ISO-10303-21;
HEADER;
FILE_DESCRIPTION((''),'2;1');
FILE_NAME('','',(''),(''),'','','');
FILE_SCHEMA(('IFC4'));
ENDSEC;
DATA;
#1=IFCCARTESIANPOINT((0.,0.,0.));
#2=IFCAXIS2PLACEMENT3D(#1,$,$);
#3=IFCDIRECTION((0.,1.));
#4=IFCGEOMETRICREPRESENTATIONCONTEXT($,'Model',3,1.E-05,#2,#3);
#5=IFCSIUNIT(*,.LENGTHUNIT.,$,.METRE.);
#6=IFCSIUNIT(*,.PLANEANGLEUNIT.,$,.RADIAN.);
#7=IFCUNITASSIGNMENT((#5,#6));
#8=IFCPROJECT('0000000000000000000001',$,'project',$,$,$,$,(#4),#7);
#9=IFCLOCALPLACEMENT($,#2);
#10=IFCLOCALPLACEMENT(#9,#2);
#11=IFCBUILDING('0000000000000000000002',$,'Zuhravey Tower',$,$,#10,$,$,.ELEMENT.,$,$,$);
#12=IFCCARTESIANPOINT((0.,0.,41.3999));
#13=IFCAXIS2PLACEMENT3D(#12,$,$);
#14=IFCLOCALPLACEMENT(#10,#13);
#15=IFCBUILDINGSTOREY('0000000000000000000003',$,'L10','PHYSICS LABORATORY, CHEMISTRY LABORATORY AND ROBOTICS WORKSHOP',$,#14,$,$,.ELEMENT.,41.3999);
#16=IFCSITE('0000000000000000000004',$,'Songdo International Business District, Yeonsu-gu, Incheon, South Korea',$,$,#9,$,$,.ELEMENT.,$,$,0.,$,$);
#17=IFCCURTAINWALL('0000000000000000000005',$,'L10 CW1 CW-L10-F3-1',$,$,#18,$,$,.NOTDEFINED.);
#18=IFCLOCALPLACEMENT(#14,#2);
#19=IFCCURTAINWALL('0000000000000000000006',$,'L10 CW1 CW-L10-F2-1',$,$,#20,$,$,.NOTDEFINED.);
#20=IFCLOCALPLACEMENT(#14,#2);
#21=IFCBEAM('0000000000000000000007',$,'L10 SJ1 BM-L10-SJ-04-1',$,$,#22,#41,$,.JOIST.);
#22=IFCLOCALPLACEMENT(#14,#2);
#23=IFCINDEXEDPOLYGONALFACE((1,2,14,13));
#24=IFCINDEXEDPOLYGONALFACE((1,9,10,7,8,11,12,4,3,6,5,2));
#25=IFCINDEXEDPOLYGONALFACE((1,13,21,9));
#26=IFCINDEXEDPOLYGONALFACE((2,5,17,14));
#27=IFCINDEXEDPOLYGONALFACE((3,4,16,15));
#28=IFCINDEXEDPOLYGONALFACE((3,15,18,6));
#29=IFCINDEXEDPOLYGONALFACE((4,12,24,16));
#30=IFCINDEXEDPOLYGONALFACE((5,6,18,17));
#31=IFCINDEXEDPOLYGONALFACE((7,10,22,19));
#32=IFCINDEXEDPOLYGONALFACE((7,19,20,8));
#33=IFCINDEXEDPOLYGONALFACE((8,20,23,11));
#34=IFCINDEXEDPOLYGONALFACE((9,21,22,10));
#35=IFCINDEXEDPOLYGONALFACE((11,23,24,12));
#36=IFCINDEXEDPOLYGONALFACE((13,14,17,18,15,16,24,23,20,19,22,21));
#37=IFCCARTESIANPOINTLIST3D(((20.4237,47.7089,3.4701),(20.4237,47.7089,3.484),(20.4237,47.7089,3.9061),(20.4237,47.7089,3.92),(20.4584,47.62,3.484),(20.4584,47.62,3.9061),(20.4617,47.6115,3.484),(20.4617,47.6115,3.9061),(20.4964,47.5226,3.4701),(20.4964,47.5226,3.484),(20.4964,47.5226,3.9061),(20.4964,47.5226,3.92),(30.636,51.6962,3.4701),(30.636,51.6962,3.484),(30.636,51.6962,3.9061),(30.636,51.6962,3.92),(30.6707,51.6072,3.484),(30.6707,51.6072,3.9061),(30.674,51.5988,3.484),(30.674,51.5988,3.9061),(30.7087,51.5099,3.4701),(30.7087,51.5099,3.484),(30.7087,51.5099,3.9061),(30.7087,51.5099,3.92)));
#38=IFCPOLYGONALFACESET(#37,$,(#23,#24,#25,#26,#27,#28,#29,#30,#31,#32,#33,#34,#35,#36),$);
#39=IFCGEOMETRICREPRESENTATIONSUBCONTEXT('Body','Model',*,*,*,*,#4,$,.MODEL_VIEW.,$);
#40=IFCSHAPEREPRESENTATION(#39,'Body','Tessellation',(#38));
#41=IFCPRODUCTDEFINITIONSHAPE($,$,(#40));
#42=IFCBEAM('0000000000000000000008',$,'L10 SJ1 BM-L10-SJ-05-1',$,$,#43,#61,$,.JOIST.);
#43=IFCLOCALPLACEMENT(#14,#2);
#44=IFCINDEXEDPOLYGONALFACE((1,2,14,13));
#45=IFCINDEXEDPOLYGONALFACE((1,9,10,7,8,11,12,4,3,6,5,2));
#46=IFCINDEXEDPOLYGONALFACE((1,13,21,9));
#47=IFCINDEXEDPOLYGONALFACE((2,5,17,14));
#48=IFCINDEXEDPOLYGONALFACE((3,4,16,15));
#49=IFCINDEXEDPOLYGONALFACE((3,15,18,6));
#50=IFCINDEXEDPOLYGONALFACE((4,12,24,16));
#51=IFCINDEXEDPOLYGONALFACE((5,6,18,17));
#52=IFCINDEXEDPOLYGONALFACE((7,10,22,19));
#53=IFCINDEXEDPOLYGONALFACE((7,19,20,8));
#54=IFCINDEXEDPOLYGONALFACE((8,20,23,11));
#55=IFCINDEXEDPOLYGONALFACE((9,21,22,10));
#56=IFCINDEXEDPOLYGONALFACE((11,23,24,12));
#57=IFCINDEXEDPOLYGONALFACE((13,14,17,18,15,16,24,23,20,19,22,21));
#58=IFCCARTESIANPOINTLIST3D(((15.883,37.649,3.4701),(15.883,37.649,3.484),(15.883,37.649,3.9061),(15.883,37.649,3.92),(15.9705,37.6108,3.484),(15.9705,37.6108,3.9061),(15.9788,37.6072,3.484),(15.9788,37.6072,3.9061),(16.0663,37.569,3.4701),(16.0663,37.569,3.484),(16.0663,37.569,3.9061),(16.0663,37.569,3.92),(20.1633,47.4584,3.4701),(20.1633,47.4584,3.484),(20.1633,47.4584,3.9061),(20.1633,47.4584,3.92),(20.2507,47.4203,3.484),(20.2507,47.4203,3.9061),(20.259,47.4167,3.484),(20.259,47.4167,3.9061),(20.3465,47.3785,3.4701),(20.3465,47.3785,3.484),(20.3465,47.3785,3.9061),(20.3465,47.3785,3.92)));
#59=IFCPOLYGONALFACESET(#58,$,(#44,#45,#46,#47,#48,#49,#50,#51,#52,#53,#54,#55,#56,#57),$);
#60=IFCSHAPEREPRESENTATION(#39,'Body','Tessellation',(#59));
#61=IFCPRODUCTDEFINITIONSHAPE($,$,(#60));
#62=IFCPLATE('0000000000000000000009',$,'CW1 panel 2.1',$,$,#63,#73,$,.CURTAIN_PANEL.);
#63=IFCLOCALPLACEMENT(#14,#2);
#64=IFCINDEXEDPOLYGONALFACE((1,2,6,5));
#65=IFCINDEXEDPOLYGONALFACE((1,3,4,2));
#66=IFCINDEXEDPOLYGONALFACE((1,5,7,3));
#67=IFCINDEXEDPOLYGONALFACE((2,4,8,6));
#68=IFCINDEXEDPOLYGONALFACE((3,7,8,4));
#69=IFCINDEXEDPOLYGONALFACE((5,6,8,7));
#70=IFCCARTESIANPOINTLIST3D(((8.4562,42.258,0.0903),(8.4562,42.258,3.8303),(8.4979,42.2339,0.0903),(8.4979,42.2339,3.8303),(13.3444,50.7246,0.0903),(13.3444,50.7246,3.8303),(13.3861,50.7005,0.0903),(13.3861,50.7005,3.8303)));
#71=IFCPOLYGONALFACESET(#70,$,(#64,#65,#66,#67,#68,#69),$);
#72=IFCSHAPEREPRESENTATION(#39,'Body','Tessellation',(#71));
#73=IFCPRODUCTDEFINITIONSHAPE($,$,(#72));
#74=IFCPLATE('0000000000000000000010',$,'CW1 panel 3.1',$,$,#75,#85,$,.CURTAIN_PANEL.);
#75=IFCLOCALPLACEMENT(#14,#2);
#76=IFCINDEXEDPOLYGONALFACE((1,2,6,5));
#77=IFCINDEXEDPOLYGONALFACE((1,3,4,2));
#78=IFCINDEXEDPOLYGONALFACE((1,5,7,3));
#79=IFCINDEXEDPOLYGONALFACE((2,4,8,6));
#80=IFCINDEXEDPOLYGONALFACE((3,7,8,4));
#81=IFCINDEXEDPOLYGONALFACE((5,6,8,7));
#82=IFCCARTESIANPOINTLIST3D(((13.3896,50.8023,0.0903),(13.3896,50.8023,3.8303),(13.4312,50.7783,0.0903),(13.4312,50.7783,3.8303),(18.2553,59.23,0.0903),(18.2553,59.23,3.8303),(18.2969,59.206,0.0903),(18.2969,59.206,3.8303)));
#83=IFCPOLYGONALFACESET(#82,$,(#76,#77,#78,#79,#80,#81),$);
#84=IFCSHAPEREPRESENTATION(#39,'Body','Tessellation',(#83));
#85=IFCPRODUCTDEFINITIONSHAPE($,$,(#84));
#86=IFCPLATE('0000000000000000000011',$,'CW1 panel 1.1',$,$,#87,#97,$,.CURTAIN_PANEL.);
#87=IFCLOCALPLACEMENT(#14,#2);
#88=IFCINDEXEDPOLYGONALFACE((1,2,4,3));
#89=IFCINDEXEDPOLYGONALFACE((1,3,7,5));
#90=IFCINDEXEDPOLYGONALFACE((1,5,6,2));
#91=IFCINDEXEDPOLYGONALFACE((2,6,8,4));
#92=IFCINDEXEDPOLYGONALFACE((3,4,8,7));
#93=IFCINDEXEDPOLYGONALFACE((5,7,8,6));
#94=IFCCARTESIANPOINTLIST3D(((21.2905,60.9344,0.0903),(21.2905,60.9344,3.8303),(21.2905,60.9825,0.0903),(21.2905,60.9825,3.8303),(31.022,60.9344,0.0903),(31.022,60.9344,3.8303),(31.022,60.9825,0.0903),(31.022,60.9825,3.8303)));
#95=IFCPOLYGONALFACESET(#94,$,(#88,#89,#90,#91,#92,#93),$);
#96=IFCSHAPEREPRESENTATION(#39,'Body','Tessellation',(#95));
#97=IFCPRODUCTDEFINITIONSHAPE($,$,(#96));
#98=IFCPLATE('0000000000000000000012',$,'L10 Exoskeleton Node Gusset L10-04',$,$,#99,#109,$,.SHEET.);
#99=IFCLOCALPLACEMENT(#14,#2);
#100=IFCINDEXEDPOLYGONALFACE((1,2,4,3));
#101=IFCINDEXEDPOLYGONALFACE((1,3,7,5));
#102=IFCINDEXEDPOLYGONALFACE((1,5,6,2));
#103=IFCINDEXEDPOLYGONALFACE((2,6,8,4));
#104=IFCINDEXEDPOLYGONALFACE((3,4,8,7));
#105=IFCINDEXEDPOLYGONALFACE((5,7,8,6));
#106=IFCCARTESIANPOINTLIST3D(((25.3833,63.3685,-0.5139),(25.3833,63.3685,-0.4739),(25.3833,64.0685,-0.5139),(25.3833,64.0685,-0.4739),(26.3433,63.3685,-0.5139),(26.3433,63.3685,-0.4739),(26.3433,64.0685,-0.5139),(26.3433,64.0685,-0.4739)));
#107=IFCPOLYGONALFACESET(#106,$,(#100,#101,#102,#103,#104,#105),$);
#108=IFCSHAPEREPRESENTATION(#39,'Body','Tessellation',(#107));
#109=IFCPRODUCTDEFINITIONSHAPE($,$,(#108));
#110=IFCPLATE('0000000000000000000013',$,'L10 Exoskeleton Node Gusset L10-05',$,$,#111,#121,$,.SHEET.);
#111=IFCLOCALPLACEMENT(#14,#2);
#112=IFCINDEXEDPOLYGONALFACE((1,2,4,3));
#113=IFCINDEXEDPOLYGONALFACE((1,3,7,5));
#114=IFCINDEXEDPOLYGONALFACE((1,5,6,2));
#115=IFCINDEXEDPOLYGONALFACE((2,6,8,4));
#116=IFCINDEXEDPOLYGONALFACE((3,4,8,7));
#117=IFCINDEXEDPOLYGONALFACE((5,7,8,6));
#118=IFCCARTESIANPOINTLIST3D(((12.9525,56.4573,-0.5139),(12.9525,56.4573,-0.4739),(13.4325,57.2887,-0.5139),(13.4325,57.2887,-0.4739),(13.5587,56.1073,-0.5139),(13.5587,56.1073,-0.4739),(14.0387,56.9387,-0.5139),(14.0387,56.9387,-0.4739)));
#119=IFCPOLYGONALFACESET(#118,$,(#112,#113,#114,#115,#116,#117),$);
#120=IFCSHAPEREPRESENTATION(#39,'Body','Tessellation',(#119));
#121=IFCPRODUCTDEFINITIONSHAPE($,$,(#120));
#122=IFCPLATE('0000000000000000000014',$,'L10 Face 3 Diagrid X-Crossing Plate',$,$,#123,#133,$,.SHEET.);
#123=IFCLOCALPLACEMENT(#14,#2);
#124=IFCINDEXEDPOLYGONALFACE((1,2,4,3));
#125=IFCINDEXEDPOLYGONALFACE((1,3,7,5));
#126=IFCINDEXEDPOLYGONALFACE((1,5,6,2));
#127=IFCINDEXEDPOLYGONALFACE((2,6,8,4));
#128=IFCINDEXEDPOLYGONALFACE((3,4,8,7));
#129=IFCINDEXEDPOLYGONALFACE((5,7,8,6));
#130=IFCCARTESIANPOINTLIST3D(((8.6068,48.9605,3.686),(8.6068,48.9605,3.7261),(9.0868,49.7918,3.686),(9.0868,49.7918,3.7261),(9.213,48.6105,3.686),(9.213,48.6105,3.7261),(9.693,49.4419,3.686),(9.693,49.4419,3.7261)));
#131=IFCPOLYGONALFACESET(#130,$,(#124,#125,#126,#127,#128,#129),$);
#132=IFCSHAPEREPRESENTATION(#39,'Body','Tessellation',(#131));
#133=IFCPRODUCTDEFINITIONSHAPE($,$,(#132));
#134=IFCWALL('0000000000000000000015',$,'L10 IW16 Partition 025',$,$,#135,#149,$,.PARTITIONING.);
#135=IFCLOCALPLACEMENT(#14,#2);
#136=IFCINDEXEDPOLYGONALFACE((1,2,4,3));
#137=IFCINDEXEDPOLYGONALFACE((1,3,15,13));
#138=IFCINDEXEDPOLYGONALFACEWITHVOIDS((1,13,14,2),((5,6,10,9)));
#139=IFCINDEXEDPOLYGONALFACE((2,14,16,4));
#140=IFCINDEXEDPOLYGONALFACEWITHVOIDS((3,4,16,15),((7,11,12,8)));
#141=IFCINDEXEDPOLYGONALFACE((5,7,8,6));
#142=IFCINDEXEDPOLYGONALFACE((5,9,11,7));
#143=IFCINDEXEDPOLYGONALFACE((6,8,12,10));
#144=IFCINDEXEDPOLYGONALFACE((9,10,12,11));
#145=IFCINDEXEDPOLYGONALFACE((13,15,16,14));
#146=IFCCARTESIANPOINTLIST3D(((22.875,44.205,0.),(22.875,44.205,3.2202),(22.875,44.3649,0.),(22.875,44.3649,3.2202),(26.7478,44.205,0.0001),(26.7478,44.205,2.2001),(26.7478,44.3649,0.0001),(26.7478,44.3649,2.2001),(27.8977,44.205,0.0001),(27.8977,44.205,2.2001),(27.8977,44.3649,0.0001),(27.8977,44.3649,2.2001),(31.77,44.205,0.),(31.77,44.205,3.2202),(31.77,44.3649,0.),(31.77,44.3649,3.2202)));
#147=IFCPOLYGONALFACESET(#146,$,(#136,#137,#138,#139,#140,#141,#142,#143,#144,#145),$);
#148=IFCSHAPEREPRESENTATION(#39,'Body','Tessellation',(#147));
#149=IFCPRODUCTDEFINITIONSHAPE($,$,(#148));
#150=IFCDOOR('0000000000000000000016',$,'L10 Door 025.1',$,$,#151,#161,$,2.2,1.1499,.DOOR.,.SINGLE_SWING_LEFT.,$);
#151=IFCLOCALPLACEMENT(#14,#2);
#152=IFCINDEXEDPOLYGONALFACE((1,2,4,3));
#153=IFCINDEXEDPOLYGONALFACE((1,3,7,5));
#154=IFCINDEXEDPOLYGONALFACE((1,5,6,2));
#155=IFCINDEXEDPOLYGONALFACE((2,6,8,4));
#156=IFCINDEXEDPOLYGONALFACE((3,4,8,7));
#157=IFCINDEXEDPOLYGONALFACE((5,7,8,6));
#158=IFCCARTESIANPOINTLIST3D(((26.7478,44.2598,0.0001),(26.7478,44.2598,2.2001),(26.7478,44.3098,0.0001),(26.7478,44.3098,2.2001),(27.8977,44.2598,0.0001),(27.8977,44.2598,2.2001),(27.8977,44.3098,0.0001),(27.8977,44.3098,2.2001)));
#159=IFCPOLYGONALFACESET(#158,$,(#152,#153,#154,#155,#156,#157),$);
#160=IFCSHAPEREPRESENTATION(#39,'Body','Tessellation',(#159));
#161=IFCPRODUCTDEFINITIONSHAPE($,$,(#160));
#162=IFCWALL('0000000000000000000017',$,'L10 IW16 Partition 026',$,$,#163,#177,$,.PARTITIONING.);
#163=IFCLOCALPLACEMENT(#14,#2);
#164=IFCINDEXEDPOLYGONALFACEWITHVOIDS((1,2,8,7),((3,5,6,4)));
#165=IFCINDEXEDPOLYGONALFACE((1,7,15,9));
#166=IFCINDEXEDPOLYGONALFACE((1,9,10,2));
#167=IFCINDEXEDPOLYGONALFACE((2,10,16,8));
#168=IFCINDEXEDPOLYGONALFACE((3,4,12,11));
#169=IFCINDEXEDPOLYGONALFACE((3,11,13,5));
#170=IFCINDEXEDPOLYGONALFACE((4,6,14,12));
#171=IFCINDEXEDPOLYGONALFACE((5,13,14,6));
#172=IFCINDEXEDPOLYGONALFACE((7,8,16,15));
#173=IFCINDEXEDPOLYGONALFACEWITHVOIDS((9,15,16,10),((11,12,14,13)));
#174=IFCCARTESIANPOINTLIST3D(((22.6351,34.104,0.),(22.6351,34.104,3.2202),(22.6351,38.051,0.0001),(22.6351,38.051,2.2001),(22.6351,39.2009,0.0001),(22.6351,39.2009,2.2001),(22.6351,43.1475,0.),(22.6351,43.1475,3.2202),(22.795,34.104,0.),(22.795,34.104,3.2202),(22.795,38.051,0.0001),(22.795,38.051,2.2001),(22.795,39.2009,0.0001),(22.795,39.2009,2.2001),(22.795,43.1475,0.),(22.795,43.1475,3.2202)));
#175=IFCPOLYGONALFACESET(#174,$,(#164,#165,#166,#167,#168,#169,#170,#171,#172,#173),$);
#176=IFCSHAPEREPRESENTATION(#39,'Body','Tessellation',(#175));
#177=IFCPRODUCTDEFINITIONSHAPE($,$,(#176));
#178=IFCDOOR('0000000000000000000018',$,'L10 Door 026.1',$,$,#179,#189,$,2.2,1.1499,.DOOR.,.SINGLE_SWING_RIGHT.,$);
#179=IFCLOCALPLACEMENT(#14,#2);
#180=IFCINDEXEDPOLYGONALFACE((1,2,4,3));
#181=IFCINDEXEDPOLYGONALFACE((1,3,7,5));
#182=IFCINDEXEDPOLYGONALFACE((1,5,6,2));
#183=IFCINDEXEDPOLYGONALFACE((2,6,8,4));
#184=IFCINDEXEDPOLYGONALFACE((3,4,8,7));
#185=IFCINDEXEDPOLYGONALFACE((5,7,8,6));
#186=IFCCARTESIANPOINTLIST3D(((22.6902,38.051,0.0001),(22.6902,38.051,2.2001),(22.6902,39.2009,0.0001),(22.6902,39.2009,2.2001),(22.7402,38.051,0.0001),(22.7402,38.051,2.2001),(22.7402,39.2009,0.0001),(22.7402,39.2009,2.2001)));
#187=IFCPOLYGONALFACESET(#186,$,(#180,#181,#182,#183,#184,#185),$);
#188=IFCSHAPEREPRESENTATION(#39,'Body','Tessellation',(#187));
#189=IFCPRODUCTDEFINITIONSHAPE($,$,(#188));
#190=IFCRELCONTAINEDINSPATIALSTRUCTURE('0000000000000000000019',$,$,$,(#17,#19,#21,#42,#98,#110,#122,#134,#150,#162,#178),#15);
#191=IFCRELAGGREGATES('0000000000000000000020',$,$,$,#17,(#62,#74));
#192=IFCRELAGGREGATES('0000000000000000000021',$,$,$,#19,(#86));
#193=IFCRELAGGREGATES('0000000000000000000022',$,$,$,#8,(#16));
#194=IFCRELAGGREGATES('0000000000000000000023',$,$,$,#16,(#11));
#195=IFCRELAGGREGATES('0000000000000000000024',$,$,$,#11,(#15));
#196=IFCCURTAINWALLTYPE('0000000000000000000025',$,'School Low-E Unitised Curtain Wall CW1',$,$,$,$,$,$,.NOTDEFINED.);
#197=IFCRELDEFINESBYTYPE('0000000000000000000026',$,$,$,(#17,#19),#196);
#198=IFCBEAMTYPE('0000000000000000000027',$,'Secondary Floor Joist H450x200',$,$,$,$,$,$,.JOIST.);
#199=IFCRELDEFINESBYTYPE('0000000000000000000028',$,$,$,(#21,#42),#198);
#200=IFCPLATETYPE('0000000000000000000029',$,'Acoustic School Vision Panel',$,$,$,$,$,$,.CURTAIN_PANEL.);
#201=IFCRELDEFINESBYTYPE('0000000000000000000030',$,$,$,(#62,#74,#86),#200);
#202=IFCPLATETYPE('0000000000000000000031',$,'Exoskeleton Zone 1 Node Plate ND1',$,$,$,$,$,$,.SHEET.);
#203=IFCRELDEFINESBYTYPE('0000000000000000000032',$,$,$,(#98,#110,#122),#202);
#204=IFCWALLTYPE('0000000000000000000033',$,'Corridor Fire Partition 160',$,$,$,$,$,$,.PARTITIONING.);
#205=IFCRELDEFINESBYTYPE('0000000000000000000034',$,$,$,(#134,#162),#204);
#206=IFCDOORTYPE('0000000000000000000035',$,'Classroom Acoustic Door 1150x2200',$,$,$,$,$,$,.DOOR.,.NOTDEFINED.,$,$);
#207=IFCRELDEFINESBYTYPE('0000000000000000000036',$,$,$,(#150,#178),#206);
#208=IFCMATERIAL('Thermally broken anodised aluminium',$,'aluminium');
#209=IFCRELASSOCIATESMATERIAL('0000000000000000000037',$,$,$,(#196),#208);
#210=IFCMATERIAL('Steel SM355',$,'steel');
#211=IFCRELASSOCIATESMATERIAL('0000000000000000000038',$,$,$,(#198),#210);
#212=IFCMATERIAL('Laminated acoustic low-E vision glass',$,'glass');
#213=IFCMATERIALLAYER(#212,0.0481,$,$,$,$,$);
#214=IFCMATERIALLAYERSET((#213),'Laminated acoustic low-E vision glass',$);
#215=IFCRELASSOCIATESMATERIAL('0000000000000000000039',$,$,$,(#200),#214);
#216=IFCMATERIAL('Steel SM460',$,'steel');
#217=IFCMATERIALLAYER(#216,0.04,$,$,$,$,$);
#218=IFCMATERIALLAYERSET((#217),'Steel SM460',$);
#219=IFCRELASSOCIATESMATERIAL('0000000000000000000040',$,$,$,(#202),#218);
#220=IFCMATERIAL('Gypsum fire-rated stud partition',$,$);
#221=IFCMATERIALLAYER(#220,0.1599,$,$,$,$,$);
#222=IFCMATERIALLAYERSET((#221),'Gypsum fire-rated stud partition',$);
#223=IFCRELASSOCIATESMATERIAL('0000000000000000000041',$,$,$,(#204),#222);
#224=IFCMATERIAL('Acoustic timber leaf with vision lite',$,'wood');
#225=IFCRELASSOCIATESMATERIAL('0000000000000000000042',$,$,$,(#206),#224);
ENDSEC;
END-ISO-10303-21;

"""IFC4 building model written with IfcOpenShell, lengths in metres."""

from ifc_helpers import new_model, si_unit, direction, frame, frame_2d, origin, origin_2d, place, context, subcontext, project, spatial, rectangle, i_section, extrude, material, layer, layer_set, material_profile, profile_set, type_object, element, fill, aggregate, save


model = new_model("IFC4")

# Units and contexts
model_context = context("Model", 3, precision=1e-05, world=origin(), true_north=direction((0.0, 1.0)))
body_context = subcontext(model_context, "Body", "Model", "MODEL_VIEW")
ifc_project = project(units=[si_unit("LENGTHUNIT", "METRE"), si_unit("PLANEANGLEUNIT", "RADIAN")], contexts=[model_context])

# Site, building, storey
site_placement = place(None, origin())
site = spatial("IfcSite", under=ifc_project, at=site_placement, Name="Songdo International Business District, Yeonsu-gu, Incheon, South Korea", CompositionType="ELEMENT", RefElevation=0.0)
building_placement = place(site_placement, origin())
building = spatial("IfcBuilding", under=site, at=building_placement, Name="Zuhravey Tower", CompositionType="ELEMENT")
storey_placement = place(building_placement, frame((0.0, 0.0, 41.3999)))
storey = spatial("IfcBuildingStorey", under=building, at=storey_placement, Name="L10", Description="PHYSICS LABORATORY, CHEMISTRY LABORATORY AND ROBOTICS WORKSHOP", CompositionType="ELEMENT", Elevation=41.3999)

# Curtain walls
ifc_material_1 = material(Name="Thermally broken anodised aluminium", Category="aluminium")
curtain_wall_type = type_object("IfcCurtainWallType", Name="School Low-E Unitised Curtain Wall CW1", PredefinedType="NOTDEFINED", material=ifc_material_1)
curtain_wall_1_placement = place(storey_placement, origin())
curtain_wall_1 = element("IfcCurtainWall", 1, at=curtain_wall_1_placement, inside=storey, type_object=curtain_wall_type, Name="L10 CW1 CW-L10-F3-1", PredefinedType="NOTDEFINED")
curtain_wall_2_placement = place(storey_placement, origin())
curtain_wall_2 = element("IfcCurtainWall", 2, at=curtain_wall_2_placement, inside=storey, type_object=curtain_wall_type, Name="L10 CW1 CW-L10-F2-1", PredefinedType="NOTDEFINED")

# Shared definitions
ifc_material_2 = material(Name="Steel SM355", Category="steel")
ifc_material_3 = material(Name="Steel SM460", Category="steel")

# Beams
ifc_material_profile_1 = material_profile(ifc_material_2, i_section(OverallWidth=0.2, OverallDepth=0.45, WebThickness=0.009, FlangeThickness=0.0139, at=origin_2d()), Name="H-450x200x9x14")
ifc_profile_set_1 = profile_set([ifc_material_profile_1], Name="Steel SM355")
beam_type_1 = type_object("IfcBeamType", Name="Secondary Floor Joist H450x200", PredefinedType="JOIST", material=ifc_profile_set_1)
beam_1_placement = place(storey_placement, frame((30.6724, 51.603, 3.6951), z_axis=(-0.931517, -0.363699, 0.0), x_axis=(0.363699, -0.931517, 0.0)))
element("IfcBeam", 3, at=beam_1_placement, inside=storey, type_object=beam_type_1, Name="L10 SJ1 BM-L10-SJ-04-1", PredefinedType="JOIST", context=body_context, shape_type="SweptSolid", body=[
    extrude(i_section(OverallWidth=0.2, OverallDepth=0.45, WebThickness=0.009, FlangeThickness=0.0139, at=origin_2d()), origin(), (0.0, 0.0, 1.0), 10.9631),
])
beam_2_placement = place(storey_placement, frame((20.2549, 47.4185, 3.6951), z_axis=(-0.399924, -0.916549, 0.0), x_axis=(0.916549, -0.399924, 0.0)))
element("IfcBeam", 4, at=beam_2_placement, inside=storey, type_object=beam_type_1, Name="L10 SJ1 BM-L10-SJ-05-1", PredefinedType="JOIST", context=body_context, shape_type="SweptSolid", body=[
    extrude(i_section(OverallWidth=0.2, OverallDepth=0.45, WebThickness=0.009, FlangeThickness=0.0139, at=origin_2d()), origin(), (0.0, 0.0, 1.0), 10.7026),
])

# Plates
ifc_material_4 = material(Name="Laminated acoustic low-E vision glass", Category="glass")
ifc_layer_1 = layer(ifc_material_4, 0.0481)
ifc_layer_set_1 = layer_set([ifc_layer_1], Name="Laminated acoustic low-E vision glass")
plate_type_1 = type_object("IfcPlateType", Name="Acoustic School Vision Panel", PredefinedType="CURTAIN_PANEL", material=ifc_layer_set_1)
plate_1_placement = place(storey_placement, frame((10.9211, 46.4792, 0.0903), z_axis=(0.0, 0.0, 1.0), x_axis=(0.5, 0.866026, 0.0)))
plate_1 = element("IfcPlate", 5, at=plate_1_placement, type_object=plate_type_1, Name="CW1 panel 2.1", PredefinedType="CURTAIN_PANEL", context=body_context, shape_type="SweptSolid", body=[
    extrude(rectangle(XDim=9.7764, YDim=0.0481, at=origin_2d()), origin(), (0.0, 0.0, 1.0), 3.74),
])
plate_2_placement = place(storey_placement, frame((15.8433, 55.0042, 0.0903), z_axis=(0.0, 0.0, 1.0), x_axis=(0.5, 0.866026, 0.0)))
plate_2 = element("IfcPlate", 6, at=plate_2_placement, type_object=plate_type_1, Name="CW1 panel 3.1", PredefinedType="CURTAIN_PANEL", context=body_context, shape_type="SweptSolid", body=[
    extrude(rectangle(XDim=9.7314, YDim=0.0481, at=origin_2d()), origin(), (0.0, 0.0, 1.0), 3.74),
])
aggregate(curtain_wall_1, [plate_1, plate_2])
plate_3_placement = place(storey_placement, frame((26.1562, 60.9585, 0.0903), z_axis=(0.0, 0.0, 1.0), x_axis=(1.0, 0.0, 0.0)))
plate_3 = element("IfcPlate", 7, at=plate_3_placement, type_object=plate_type_1, Name="CW1 panel 1.1", PredefinedType="CURTAIN_PANEL", context=body_context, shape_type="SweptSolid", body=[
    extrude(rectangle(XDim=9.7314, YDim=0.0481, at=origin_2d()), origin(), (0.0, 0.0, 1.0), 3.74),
])
aggregate(curtain_wall_2, [plate_3])

# Plates
ifc_layer_2 = layer(ifc_material_3, 0.04)
ifc_layer_set_2 = layer_set([ifc_layer_2], Name="Steel SM460")
plate_type_2 = type_object("IfcPlateType", Name="Exoskeleton Zone 1 Node Plate ND1", PredefinedType="SHEET", material=ifc_layer_set_2)
for number, where, z_axis, x_axis, name in (
    (8, (25.8633, 63.7185, -0.5139), (0.0, 0.0, 1.0), (-1.0, 0.0, 0.0), "L10 Exoskeleton Node Gusset L10-04"),
    (9, (13.4956, 56.698, -0.5139), (0.0, 0.0, 1.0), (-0.5, -0.866025, 0.0), "L10 Exoskeleton Node Gusset L10-05"),
    (10, (9.1499, 49.2012, 3.686), (0.0, 0.0, 1.0), (-0.5, -0.866025, 0.0), "L10 Face 3 Diagrid X-Crossing Plate"),
):
    element("IfcPlate", number, at=place(storey_placement, frame(where, z_axis=z_axis, x_axis=x_axis)), inside=storey, type_object=plate_type_2, Name=name, PredefinedType="SHEET", context=body_context, shape_type="SweptSolid", body=[
        extrude(rectangle(XDim=0.96, YDim=0.7, at=origin_2d()), origin(), (0.0, 0.0, 1.0), 0.04),
    ])

# Walls, openings, doors
ifc_material_5 = material(Name="Gypsum fire-rated stud partition")
ifc_layer_3 = layer(ifc_material_5, 0.1599)
ifc_layer_set_3 = layer_set([ifc_layer_3], Name="Gypsum fire-rated stud partition")
wall_type_1 = type_object("IfcWallType", Name="Corridor Fire Partition 160", PredefinedType="PARTITIONING", material=ifc_layer_set_3)
wall_1_placement = place(storey_placement, frame((31.77, 44.2849, 0.0), z_axis=(0.0, 0.0, 1.0), x_axis=(-1.0, 0.0, 0.0)))
wall_1 = element("IfcWall", 11, at=wall_1_placement, inside=storey, type_object=wall_type_1, Name="L10 IW16 Partition 025", PredefinedType="PARTITIONING", context=body_context, shape_type="SweptSolid", body=[
    extrude(rectangle(XDim=8.895, YDim=0.1599, at=frame_2d((4.4475, 0.0))), origin(), (0.0, 0.0, 1.0), 3.2202),
])
opening_1_placement = place(wall_1_placement, frame((3.8723, 0.0, 0.0)))
opening_1 = element("IfcOpeningElement", 12, at=opening_1_placement, cuts=wall_1, PredefinedType="OPENING", context=body_context, shape_type="SweptSolid", body=[
    extrude(rectangle(XDim=1.1499, YDim=2.2, at=frame_2d((0.575, 1.1001))), frame((0.0, 0.092, 0.0), z_axis=(0.0, -1.0, 0.0), x_axis=(1.0, 0.0, 0.0)), (0.0, 0.0, 1.0), 0.1838),
])
ifc_material_6 = material(Name="Acoustic timber leaf with vision lite", Category="wood")
door_type = type_object("IfcDoorType", Name="Classroom Acoustic Door 1150x2200", OperationType="NOTDEFINED", PredefinedType="DOOR", material=ifc_material_6)
door_1_placement = place(opening_1_placement, frame((1.1499, 0.0, 0.0), z_axis=(0.0, 0.0, 1.0), x_axis=(-1.0, 0.0, 0.0)))
door_1 = element("IfcDoor", 13, at=door_1_placement, inside=storey, type_object=door_type, Name="L10 Door 025.1", OperationType="SINGLE_SWING_LEFT", OverallHeight=2.2, OverallWidth=1.1499, PredefinedType="DOOR", context=body_context, shape_type="SweptSolid", body=[
    extrude(rectangle(XDim=1.1499, YDim=2.2, at=frame_2d((0.575, 1.1001))), frame((0.0, 0.0249, 0.0), z_axis=(0.0, -1.0, 0.0), x_axis=(1.0, 0.0, 0.0)), (0.0, 0.0, 1.0), 0.05),
])
fill(opening_1, door_1)
wall_2_placement = place(storey_placement, frame((22.7151, 43.1475, 0.0), z_axis=(0.0, 0.0, 1.0), x_axis=(0.0, -1.0, 0.0)))
wall_2 = element("IfcWall", 14, at=wall_2_placement, inside=storey, type_object=wall_type_1, Name="L10 IW16 Partition 026", PredefinedType="PARTITIONING", context=body_context, shape_type="SweptSolid", body=[
    extrude(rectangle(XDim=9.0435, YDim=0.1599, at=frame_2d((4.5217, 0.0))), origin(), (0.0, 0.0, 1.0), 3.2202),
])
opening_2_placement = place(wall_2_placement, frame((3.9465, 0.0, 0.0)))
opening_2 = element("IfcOpeningElement", 15, at=opening_2_placement, cuts=wall_2, PredefinedType="OPENING", context=body_context, shape_type="SweptSolid", body=[
    extrude(rectangle(XDim=1.1499, YDim=2.2, at=frame_2d((0.575, 1.1001))), frame((0.0, 0.092, 0.0), z_axis=(0.0, -1.0, 0.0), x_axis=(1.0, 0.0, 0.0)), (0.0, 0.0, 1.0), 0.1838),
])
door_2_placement = place(opening_2_placement, frame((1.1499, 0.0, 0.0), z_axis=(0.0, 0.0, 1.0), x_axis=(-1.0, 0.0, 0.0)))
door_2 = element("IfcDoor", 16, at=door_2_placement, inside=storey, type_object=door_type, Name="L10 Door 026.1", OperationType="SINGLE_SWING_RIGHT", OverallHeight=2.2, OverallWidth=1.1499, PredefinedType="DOOR", context=body_context, shape_type="SweptSolid", body=[
    extrude(rectangle(XDim=1.1499, YDim=2.2, at=frame_2d((0.575, 1.1001))), frame((0.0, 0.0249, 0.0), z_axis=(0.0, -1.0, 0.0), x_axis=(1.0, 0.0, 0.0)), (0.0, 0.0, 1.0), 0.05),
])
fill(opening_2, door_2)

save(model, "model.ifc")
